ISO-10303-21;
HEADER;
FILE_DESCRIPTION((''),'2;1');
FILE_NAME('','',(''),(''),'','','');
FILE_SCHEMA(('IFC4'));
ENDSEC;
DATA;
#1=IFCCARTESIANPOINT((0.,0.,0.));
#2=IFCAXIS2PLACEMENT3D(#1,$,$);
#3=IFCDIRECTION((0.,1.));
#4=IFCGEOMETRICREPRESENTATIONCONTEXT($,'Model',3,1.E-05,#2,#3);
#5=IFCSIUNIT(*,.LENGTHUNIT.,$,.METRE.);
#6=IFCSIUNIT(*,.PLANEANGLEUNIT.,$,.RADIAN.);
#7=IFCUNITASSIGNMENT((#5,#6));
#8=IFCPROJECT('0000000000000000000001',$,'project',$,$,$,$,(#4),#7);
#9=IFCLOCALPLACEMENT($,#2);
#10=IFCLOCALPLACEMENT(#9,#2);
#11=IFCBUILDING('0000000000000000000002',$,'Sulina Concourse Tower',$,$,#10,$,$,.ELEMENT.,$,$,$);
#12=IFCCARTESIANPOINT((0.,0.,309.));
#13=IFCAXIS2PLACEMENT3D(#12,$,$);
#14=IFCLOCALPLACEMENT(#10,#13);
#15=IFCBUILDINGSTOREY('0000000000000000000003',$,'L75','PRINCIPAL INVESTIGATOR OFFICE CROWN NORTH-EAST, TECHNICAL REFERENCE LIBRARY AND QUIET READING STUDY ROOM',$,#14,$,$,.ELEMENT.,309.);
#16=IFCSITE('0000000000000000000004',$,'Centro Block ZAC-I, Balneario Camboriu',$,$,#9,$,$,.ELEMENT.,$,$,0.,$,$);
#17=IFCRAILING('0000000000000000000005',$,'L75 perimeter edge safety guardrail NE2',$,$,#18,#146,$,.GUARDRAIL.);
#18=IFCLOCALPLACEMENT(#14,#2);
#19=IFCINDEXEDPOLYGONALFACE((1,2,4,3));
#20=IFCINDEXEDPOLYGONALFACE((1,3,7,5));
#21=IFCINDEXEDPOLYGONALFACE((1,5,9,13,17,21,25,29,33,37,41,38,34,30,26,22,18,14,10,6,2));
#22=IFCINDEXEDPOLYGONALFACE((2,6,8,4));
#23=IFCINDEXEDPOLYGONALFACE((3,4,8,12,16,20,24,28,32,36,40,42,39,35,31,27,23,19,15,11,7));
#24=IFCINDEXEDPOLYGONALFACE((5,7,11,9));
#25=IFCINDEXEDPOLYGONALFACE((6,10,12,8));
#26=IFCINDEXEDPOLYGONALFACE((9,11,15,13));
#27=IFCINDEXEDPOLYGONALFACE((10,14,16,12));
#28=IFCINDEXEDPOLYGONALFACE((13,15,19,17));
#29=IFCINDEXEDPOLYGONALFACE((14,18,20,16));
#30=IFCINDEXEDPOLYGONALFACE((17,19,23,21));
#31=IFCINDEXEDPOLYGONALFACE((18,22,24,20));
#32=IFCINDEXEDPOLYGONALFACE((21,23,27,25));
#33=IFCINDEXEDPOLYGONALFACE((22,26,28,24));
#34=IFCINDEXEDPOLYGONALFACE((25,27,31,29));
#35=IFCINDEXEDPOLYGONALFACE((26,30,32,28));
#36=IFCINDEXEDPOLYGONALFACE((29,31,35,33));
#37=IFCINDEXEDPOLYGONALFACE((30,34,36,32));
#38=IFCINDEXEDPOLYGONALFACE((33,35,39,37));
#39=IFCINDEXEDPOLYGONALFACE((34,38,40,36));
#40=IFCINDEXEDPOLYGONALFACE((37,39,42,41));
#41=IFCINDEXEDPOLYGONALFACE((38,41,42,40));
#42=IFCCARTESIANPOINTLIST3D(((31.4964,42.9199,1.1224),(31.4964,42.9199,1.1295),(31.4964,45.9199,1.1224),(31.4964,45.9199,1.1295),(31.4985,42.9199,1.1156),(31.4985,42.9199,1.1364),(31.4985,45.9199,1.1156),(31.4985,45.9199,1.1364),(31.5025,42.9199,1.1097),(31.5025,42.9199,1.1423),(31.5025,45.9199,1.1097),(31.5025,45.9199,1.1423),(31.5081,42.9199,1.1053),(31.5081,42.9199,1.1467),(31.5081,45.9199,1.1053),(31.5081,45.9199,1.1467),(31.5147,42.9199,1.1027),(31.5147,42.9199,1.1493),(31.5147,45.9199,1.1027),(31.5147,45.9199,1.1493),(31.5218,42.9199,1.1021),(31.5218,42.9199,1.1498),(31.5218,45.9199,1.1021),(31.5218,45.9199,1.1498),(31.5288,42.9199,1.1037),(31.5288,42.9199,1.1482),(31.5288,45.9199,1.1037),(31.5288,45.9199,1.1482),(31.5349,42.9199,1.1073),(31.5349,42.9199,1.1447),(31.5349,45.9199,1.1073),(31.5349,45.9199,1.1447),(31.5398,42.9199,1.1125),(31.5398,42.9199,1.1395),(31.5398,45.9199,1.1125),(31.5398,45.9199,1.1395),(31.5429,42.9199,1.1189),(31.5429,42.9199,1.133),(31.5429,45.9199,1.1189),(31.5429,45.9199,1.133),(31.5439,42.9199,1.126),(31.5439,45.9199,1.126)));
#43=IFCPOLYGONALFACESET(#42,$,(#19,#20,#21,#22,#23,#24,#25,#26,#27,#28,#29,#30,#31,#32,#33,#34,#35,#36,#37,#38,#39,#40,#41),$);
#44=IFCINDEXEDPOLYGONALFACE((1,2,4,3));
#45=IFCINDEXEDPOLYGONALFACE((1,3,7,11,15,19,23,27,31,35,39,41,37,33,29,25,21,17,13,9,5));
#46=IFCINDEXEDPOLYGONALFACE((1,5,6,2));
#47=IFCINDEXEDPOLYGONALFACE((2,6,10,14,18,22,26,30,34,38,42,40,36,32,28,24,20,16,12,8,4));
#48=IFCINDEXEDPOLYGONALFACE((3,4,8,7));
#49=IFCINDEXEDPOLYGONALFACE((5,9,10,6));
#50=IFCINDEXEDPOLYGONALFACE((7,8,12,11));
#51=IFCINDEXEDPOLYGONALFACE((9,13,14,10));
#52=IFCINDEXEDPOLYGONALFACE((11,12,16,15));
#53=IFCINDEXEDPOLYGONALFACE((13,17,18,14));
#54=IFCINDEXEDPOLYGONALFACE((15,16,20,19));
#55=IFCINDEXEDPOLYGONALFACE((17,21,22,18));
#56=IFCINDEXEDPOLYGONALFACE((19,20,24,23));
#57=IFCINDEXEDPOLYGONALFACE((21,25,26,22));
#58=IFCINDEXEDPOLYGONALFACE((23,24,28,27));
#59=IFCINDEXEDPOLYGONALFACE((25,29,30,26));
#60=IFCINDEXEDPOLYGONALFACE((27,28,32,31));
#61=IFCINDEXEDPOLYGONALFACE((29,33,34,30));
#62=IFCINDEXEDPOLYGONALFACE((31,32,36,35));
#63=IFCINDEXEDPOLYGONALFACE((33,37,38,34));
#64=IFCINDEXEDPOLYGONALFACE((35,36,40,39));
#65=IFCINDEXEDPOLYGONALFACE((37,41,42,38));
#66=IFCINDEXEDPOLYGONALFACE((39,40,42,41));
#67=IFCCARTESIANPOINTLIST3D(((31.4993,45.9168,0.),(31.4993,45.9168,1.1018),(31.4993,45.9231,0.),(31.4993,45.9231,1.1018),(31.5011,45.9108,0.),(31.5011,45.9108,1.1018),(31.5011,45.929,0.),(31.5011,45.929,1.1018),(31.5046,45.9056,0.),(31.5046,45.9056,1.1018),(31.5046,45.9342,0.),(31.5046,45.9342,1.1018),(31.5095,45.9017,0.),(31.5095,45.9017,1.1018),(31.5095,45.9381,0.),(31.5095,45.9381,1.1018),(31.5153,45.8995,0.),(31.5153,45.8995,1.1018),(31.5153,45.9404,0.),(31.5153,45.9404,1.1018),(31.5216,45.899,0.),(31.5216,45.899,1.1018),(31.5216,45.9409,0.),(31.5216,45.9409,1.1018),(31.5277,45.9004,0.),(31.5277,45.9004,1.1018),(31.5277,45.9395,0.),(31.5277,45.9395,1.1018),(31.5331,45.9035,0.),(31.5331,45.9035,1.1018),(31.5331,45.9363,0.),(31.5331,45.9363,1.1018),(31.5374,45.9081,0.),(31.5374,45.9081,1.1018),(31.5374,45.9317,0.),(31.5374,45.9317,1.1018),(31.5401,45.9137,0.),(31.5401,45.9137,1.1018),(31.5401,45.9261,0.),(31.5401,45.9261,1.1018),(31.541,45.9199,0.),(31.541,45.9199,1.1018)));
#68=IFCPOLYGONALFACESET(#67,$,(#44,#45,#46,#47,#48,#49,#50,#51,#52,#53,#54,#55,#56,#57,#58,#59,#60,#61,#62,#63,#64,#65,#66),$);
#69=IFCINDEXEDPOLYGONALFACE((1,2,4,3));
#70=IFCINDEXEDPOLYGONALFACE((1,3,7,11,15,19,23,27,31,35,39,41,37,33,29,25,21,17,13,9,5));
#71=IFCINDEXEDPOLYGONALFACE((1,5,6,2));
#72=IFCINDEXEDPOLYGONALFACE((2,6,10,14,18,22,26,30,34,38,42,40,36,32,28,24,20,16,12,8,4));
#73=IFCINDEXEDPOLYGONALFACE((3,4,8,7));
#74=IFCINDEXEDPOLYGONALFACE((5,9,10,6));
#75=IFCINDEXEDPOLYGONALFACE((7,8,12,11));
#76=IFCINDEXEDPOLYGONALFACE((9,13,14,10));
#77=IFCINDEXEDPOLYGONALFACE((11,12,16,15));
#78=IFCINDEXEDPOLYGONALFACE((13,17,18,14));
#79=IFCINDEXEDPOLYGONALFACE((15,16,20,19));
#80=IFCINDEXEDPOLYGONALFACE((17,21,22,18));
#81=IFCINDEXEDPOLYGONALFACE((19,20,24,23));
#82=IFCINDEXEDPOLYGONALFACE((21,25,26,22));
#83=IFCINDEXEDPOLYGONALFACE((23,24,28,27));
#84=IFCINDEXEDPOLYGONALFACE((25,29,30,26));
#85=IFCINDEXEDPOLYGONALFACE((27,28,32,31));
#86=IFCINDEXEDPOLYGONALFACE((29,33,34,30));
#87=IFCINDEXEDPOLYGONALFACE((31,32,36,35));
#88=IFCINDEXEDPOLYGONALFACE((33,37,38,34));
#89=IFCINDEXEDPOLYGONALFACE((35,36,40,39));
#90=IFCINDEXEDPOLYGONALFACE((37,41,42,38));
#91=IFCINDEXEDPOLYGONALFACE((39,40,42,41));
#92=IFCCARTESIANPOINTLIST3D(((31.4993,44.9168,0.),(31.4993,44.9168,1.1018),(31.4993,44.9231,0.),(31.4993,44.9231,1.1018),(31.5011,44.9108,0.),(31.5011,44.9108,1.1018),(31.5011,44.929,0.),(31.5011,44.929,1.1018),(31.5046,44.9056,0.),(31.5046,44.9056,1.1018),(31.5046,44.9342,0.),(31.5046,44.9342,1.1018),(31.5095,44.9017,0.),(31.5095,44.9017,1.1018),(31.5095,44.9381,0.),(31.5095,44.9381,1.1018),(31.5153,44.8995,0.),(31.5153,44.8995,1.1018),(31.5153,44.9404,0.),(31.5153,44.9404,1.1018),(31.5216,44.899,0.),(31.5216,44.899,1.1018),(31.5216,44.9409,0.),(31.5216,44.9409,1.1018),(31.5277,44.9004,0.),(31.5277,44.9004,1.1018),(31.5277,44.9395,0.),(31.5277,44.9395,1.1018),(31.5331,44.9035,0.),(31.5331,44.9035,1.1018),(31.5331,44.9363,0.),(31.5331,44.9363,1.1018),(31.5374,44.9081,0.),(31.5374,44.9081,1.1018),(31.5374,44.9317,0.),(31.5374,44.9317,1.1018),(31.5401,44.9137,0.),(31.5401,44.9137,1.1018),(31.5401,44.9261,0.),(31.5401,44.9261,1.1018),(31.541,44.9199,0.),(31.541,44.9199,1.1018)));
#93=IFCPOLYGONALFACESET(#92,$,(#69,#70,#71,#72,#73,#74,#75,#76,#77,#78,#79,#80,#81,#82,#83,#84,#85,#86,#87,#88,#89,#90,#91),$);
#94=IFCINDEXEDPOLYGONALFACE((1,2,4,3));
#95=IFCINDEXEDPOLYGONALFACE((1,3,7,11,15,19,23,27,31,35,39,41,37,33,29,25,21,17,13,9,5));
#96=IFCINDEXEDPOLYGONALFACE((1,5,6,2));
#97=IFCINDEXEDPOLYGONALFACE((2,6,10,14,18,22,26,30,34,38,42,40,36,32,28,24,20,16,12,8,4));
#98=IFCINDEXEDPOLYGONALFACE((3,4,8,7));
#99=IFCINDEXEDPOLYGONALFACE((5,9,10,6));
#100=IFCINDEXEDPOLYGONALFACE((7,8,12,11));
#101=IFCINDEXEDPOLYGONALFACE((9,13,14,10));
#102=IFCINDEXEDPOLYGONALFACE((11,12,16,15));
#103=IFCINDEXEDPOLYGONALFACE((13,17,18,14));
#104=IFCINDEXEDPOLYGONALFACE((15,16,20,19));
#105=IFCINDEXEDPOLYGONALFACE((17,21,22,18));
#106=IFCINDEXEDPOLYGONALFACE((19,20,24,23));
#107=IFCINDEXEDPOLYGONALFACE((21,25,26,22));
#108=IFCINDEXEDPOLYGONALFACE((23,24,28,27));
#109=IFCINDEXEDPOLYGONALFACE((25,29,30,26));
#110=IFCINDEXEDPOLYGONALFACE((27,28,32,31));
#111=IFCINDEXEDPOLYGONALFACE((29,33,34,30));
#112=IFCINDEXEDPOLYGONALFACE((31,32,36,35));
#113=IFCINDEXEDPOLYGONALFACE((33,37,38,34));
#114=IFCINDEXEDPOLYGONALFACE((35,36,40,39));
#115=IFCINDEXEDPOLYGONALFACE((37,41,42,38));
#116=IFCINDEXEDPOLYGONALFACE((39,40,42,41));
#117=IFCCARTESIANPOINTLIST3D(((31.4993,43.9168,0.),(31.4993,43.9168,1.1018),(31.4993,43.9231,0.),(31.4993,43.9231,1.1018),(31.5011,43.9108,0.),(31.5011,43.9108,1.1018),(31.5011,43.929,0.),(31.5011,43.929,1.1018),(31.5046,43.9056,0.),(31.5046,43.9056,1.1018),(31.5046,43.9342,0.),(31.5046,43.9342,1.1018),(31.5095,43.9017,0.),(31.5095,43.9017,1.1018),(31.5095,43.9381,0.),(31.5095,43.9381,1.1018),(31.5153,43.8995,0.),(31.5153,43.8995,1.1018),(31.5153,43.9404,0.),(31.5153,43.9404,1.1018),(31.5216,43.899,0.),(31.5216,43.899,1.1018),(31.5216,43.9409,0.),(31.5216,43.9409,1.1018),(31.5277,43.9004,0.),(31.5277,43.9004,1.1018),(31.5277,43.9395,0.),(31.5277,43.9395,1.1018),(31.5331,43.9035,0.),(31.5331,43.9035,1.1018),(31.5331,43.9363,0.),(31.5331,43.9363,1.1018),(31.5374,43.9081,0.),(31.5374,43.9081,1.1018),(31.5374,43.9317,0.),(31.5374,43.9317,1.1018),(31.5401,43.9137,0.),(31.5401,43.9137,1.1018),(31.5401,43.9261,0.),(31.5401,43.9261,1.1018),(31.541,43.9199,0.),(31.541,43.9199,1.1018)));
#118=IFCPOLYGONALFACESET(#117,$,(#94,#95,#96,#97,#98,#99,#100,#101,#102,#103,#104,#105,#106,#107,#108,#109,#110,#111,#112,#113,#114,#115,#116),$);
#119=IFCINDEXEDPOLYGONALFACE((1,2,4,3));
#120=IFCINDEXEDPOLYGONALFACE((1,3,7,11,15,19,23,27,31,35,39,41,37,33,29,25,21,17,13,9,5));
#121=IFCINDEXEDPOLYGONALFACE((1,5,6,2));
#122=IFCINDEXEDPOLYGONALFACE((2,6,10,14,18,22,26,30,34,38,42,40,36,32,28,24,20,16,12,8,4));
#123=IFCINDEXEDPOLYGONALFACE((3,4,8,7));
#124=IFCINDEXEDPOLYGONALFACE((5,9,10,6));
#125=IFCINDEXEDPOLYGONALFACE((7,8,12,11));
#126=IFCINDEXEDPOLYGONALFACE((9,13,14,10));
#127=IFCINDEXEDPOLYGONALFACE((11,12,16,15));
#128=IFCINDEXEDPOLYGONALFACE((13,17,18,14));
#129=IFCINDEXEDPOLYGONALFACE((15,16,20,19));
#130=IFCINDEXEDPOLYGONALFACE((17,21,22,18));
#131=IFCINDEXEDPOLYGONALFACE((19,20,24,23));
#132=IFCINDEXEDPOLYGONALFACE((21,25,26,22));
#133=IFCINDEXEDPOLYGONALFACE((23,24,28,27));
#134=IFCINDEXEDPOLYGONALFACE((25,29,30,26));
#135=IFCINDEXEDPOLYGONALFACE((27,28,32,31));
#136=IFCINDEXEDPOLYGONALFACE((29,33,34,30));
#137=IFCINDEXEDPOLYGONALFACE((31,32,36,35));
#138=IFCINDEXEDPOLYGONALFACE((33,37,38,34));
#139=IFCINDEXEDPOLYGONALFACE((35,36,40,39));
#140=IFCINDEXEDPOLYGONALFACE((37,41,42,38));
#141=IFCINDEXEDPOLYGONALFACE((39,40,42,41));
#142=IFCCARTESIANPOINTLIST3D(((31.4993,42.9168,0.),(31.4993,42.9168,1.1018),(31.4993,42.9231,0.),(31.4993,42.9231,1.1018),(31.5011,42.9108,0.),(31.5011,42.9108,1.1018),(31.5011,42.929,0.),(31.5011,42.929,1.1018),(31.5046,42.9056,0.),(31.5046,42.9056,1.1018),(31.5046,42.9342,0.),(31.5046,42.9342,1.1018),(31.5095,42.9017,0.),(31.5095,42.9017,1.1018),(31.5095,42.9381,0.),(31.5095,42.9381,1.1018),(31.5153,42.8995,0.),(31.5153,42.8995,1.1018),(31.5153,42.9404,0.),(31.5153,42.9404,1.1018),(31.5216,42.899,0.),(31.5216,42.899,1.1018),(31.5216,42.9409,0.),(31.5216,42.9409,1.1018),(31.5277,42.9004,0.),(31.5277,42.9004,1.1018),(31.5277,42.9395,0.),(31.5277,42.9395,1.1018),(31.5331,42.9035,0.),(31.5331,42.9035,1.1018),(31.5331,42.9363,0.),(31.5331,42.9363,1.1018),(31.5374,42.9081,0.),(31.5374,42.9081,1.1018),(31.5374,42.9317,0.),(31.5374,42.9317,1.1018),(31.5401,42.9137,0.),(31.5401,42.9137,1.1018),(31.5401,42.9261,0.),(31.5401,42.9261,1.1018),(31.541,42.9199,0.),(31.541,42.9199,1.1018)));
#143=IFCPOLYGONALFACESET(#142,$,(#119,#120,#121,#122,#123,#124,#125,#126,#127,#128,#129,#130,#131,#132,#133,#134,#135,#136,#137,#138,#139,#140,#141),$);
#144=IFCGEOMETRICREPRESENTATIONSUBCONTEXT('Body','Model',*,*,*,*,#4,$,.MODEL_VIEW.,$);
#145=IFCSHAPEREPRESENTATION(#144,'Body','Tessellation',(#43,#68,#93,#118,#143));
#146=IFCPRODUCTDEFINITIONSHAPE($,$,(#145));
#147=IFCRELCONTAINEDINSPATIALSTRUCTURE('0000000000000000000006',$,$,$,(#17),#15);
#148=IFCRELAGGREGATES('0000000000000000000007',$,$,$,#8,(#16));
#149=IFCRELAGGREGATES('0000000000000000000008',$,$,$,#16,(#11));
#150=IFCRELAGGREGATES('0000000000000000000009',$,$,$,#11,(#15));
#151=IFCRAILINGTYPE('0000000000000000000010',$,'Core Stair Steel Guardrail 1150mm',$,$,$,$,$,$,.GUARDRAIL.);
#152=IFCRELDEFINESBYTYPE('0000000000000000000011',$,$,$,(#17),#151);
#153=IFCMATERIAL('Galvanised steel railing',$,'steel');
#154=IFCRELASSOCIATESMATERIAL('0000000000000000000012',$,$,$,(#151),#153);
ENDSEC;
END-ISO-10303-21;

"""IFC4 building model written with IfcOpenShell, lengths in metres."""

from ifc_helpers import new_model, si_unit, direction, frame, origin, origin_2d, place, context, subcontext, project, spatial, circle, extrude, material, type_object, element, save


model = new_model("IFC4")

# Units and contexts
model_context = context("Model", 3, precision=1e-05, world=origin(), true_north=direction((0.0, 1.0)))
body_context = subcontext(model_context, "Body", "Model", "MODEL_VIEW")
ifc_project = project(units=[si_unit("LENGTHUNIT", "METRE"), si_unit("PLANEANGLEUNIT", "RADIAN")], contexts=[model_context])

# Site, building, storey
site_placement = place(None, origin())
site = spatial("IfcSite", under=ifc_project, at=site_placement, Name="Centro Block ZAC-I, Balneario Camboriu", CompositionType="ELEMENT", RefElevation=0.0)
building_placement = place(site_placement, origin())
building = spatial("IfcBuilding", under=site, at=building_placement, Name="Sulina Concourse Tower", CompositionType="ELEMENT")
storey_placement = place(building_placement, frame((0.0, 0.0, 309.0)))
storey = spatial("IfcBuildingStorey", under=building, at=storey_placement, Name="L75", Description="PRINCIPAL INVESTIGATOR OFFICE CROWN NORTH-EAST, TECHNICAL REFERENCE LIBRARY AND QUIET READING STUDY ROOM", CompositionType="ELEMENT", Elevation=309.0)

# Railing
ifc_material_1 = material(Name="Galvanised steel railing", Category="steel")
railing_type = type_object("IfcRailingType", Name="Core Stair Steel Guardrail 1150mm", PredefinedType="GUARDRAIL", material=ifc_material_1)
railing_1_placement = place(storey_placement, frame((31.52, 45.9199, 0.0)))
element("IfcRailing", 1, at=railing_1_placement, inside=storey, type_object=railing_type, Name="L75 perimeter edge safety guardrail NE2", PredefinedType="GUARDRAIL", context=body_context, shape_type="SweptSolid", body=[
    extrude(circle(Radius=0.0239, at=origin_2d()), frame((0.0, 0.0, 1.126), z_axis=(0.0, -1.0, 0.0), x_axis=(1.0, 0.0, 0.0)), (0.0, 0.0, 1.0), 3.0),
    extrude(circle(Radius=0.021, at=origin_2d()), origin(), (0.0, 0.0, 1.0), 1.1018),
    extrude(circle(Radius=0.021, at=origin_2d()), frame((0.0, -1.0, 0.0)), (0.0, 0.0, 1.0), 1.1018),
    extrude(circle(Radius=0.021, at=origin_2d()), frame((0.0, -2.0, 0.0)), (0.0, 0.0, 1.0), 1.1018),
    extrude(circle(Radius=0.021, at=origin_2d()), frame((0.0, -3.0, 0.0)), (0.0, 0.0, 1.0), 1.1018),
])

save(model, "model.ifc")
